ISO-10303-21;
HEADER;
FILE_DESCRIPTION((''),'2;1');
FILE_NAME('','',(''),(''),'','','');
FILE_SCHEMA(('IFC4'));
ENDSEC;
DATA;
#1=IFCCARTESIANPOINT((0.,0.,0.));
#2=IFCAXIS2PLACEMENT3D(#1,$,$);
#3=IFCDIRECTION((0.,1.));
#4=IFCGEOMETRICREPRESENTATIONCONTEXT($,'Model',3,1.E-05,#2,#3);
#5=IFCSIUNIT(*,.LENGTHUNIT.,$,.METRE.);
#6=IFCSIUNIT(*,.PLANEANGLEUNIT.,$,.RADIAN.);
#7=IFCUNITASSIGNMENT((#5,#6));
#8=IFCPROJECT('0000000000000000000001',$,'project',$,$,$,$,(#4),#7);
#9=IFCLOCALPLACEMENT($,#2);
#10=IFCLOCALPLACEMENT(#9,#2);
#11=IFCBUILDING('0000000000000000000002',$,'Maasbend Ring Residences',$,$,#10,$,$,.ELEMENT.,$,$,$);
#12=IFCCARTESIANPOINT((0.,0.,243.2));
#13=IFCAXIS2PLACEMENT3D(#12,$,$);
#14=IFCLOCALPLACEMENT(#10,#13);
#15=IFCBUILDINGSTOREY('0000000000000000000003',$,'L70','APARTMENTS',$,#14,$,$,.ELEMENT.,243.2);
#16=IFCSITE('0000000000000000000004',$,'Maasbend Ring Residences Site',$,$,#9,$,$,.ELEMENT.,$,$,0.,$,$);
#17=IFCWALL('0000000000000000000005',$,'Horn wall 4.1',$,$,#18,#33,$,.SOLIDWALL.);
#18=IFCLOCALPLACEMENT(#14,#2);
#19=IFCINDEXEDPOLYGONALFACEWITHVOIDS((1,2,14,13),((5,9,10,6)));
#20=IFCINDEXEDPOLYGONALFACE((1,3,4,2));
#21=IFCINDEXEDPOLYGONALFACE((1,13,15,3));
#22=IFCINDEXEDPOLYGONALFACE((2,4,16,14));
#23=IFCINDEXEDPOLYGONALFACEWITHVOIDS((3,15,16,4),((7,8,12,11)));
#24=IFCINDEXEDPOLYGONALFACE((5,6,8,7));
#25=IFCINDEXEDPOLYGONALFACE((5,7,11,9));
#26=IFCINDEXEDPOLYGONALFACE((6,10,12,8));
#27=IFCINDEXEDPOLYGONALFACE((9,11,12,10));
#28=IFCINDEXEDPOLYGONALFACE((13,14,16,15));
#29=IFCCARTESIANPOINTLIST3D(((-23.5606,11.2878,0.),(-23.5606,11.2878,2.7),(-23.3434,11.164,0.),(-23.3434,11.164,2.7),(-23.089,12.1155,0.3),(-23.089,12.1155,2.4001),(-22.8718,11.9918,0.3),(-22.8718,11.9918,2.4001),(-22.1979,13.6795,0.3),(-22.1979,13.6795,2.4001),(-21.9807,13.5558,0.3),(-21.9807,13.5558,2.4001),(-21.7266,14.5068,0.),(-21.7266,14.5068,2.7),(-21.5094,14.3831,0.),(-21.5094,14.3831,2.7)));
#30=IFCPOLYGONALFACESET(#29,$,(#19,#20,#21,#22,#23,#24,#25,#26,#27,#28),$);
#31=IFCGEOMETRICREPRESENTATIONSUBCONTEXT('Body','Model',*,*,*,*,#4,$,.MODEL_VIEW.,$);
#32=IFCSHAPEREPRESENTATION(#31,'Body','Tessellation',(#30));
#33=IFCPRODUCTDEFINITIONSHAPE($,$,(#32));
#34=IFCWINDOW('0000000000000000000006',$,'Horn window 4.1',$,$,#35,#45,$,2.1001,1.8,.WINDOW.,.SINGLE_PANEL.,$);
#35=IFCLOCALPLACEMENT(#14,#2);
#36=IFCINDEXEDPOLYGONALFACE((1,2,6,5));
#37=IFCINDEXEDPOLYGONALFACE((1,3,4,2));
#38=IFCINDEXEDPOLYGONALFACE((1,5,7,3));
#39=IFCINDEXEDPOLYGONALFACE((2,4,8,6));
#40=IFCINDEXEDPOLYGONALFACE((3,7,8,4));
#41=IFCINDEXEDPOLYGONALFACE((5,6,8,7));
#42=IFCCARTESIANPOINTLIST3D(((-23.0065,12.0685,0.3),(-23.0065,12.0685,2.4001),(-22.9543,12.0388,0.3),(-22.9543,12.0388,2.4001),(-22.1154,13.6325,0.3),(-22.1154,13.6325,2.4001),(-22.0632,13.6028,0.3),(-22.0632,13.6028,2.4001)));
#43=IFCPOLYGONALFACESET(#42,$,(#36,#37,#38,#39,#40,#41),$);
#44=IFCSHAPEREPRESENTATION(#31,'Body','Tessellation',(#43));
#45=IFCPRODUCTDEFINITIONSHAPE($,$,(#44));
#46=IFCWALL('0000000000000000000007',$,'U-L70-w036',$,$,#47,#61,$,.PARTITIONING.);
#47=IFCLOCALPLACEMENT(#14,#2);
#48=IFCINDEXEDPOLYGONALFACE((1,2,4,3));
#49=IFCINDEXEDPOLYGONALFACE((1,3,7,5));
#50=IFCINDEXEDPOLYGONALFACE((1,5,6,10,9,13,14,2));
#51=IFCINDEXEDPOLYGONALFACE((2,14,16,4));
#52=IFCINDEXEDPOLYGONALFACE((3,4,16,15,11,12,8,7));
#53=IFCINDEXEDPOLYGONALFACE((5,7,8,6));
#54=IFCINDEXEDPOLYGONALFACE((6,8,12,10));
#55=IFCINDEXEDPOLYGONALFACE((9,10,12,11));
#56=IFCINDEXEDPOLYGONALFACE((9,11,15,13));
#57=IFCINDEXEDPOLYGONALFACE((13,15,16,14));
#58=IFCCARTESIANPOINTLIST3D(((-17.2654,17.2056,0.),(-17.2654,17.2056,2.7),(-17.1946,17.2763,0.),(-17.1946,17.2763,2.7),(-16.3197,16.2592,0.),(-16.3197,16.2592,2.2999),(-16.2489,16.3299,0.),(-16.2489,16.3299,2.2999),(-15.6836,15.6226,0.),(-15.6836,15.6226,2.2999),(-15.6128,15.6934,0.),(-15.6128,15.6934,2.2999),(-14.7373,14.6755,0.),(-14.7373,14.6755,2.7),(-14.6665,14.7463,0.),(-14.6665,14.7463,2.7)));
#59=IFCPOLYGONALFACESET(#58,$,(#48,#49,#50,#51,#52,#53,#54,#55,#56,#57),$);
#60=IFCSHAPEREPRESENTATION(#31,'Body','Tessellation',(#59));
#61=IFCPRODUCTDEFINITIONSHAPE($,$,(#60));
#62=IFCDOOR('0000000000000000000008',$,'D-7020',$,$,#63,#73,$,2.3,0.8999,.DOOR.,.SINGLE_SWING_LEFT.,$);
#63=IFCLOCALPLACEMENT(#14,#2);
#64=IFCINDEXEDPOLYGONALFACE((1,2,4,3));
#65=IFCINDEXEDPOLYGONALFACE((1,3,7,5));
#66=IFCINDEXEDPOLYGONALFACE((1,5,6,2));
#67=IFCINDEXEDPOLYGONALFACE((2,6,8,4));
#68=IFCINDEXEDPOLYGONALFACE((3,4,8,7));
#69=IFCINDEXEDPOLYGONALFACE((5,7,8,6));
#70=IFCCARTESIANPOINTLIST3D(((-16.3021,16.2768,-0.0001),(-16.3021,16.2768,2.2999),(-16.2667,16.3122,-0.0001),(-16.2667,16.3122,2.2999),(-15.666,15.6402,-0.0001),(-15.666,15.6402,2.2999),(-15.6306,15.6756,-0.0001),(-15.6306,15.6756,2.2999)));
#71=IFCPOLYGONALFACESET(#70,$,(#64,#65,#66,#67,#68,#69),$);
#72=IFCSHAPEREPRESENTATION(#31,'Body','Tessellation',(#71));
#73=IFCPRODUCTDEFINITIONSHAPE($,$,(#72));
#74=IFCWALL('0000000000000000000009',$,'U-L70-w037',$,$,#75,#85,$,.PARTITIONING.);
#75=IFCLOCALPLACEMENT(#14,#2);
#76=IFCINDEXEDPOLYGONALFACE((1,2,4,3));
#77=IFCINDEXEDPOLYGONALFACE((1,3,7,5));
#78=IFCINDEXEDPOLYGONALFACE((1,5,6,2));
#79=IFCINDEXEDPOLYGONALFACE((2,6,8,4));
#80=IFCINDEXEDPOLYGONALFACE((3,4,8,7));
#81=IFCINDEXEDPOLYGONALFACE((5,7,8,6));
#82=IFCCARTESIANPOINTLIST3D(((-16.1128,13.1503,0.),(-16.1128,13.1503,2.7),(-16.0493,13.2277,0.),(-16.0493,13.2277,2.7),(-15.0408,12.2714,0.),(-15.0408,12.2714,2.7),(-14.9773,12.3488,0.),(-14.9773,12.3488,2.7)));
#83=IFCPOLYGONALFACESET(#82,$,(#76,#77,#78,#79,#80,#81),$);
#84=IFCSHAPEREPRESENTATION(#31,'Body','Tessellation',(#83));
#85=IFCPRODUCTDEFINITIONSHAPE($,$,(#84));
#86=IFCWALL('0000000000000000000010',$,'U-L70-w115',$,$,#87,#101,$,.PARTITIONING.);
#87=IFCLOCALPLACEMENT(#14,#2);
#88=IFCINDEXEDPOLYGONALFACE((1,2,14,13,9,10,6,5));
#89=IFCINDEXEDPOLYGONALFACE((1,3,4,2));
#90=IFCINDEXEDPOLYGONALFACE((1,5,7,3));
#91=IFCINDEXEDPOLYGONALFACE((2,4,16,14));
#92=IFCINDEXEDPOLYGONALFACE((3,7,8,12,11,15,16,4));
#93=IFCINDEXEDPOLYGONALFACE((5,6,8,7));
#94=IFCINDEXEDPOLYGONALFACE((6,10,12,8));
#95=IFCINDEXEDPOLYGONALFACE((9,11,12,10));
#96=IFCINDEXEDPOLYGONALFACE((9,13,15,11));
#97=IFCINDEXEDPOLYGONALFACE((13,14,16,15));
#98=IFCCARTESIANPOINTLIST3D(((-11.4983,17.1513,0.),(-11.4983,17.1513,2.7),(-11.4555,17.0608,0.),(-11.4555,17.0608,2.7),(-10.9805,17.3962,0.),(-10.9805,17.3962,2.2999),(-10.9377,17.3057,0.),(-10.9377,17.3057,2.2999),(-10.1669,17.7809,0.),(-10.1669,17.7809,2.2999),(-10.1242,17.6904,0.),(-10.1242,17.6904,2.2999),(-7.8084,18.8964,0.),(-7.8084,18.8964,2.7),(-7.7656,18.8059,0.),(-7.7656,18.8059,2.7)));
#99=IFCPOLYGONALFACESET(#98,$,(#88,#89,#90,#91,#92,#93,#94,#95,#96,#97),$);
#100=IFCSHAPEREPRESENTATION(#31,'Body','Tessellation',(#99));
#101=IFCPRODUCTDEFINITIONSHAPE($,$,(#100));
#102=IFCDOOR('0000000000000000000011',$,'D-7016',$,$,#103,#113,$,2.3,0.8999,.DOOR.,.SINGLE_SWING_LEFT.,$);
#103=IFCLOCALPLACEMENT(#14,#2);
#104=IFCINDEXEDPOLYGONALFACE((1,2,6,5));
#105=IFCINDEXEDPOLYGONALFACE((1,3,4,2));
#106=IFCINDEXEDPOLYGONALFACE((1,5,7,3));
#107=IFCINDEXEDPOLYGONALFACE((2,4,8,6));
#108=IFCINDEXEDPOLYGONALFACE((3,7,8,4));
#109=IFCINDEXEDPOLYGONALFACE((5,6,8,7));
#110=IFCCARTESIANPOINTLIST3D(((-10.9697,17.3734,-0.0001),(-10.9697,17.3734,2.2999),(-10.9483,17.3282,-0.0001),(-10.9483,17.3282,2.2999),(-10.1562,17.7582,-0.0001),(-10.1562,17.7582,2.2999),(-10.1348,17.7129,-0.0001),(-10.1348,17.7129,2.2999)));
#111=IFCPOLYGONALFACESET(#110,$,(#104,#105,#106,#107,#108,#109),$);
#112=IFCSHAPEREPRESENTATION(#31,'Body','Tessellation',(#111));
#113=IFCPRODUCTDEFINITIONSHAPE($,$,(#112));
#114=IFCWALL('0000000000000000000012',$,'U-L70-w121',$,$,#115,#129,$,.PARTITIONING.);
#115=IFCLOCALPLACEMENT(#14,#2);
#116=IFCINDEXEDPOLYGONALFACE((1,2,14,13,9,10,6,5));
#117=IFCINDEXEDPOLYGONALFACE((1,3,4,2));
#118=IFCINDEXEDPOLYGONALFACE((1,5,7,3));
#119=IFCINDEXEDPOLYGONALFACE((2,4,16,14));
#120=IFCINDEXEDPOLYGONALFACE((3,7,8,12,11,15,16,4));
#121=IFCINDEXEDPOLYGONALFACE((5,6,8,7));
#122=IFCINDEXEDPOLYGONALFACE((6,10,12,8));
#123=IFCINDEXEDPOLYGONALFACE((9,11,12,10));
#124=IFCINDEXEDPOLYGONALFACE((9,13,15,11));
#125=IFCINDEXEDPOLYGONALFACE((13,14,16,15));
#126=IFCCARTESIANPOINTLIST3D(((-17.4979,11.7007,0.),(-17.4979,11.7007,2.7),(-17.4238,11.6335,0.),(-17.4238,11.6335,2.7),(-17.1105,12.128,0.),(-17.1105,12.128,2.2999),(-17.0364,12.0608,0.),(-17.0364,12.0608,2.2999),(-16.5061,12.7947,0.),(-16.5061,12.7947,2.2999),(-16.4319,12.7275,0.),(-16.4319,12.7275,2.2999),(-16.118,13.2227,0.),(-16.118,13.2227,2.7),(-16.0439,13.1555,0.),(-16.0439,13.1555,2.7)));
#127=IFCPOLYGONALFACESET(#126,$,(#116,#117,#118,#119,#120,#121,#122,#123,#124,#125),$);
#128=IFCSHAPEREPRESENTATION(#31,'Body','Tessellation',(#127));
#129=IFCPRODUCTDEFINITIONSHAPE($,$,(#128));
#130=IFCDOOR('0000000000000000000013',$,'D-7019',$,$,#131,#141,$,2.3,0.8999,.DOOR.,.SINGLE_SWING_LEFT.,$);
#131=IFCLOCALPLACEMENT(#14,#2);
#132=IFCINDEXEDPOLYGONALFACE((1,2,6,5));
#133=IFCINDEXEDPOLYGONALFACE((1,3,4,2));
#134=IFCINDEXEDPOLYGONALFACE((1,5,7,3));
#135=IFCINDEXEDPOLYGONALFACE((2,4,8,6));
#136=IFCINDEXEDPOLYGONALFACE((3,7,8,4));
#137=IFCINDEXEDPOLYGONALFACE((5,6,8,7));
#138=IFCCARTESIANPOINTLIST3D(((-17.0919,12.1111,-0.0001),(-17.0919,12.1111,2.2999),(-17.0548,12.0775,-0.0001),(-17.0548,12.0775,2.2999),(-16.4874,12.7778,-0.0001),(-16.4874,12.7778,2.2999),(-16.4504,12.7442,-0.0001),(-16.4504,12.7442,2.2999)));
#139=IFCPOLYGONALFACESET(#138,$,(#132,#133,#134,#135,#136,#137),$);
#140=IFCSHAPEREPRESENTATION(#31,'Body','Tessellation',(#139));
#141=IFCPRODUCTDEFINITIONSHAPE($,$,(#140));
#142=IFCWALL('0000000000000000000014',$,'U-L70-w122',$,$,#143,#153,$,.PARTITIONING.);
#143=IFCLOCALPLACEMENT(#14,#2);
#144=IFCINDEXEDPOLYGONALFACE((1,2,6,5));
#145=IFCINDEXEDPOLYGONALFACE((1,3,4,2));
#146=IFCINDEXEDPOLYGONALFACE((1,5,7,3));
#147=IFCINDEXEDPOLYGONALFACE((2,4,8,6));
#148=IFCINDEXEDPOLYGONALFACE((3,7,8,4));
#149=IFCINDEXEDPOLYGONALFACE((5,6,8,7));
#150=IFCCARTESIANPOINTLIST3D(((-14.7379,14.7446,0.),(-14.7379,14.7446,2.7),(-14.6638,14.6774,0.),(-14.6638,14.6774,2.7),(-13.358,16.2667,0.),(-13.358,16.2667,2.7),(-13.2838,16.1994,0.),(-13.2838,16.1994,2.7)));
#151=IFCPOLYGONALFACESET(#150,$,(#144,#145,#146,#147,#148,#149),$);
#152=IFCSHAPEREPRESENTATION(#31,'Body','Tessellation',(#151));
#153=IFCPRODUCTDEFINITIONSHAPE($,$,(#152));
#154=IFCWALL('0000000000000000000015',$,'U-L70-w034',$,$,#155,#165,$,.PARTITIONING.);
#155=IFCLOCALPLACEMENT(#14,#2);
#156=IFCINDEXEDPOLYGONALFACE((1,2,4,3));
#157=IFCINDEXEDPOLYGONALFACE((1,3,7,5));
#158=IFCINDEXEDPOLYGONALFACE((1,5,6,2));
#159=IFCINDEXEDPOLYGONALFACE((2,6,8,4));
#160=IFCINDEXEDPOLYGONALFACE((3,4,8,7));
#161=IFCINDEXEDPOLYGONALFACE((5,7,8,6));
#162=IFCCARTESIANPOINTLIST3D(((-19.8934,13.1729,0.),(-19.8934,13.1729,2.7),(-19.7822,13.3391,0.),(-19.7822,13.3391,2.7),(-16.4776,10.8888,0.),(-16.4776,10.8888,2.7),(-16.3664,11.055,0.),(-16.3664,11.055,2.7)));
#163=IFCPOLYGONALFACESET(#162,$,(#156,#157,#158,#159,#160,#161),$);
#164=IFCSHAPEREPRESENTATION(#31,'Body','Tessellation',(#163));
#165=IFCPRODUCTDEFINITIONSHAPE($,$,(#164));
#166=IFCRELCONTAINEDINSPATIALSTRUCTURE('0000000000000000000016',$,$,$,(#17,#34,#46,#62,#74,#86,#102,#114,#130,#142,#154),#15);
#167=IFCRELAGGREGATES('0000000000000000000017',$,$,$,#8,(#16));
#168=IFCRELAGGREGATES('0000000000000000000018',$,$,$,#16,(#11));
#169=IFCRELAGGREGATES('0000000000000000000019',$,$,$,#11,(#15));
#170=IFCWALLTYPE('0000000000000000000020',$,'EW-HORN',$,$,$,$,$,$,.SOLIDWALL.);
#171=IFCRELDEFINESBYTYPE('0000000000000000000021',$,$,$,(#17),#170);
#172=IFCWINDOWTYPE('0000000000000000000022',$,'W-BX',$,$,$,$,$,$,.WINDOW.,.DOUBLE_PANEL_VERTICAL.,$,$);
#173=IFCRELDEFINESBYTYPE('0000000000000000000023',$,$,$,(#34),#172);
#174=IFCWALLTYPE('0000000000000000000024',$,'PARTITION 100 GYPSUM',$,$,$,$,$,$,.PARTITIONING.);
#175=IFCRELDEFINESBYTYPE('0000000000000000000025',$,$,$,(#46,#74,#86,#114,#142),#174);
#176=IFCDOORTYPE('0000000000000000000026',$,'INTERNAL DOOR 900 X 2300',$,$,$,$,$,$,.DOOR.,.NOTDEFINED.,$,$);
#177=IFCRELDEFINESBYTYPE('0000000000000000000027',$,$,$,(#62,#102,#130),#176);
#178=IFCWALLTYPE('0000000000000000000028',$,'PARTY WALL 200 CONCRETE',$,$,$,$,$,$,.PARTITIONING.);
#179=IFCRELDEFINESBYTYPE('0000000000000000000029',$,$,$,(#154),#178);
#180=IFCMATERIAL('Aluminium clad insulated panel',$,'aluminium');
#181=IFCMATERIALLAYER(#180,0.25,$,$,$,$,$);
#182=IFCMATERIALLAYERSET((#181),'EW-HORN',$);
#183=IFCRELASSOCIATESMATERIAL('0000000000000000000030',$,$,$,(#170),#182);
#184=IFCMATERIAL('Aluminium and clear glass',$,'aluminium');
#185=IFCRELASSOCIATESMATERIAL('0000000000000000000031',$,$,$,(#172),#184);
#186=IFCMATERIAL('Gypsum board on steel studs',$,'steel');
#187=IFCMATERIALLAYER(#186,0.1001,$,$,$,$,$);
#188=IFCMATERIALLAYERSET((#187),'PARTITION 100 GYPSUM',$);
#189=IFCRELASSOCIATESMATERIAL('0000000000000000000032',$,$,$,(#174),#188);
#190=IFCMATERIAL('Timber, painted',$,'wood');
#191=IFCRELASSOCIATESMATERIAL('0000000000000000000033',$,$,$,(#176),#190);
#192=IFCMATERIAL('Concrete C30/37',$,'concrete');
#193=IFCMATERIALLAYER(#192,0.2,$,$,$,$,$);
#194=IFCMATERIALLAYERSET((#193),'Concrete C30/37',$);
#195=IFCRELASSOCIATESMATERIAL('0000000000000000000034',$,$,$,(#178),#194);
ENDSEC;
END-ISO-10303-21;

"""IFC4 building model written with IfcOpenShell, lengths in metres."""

from ifc_helpers import new_model, si_unit, direction, frame, frame_2d, origin, place, context, subcontext, project, spatial, rectangle, extrude, material, layer, layer_set, type_object, element, fill, save


model = new_model("IFC4")

# Units and contexts
model_context = context("Model", 3, precision=1e-05, world=origin(), true_north=direction((0.0, 1.0)))
body_context = subcontext(model_context, "Body", "Model", "MODEL_VIEW")
ifc_project = project(units=[si_unit("LENGTHUNIT", "METRE"), si_unit("PLANEANGLEUNIT", "RADIAN")], contexts=[model_context])

# Site, building, storey
site_placement = place(None, origin())
site = spatial("IfcSite", under=ifc_project, at=site_placement, Name="Maasbend Ring Residences Site", CompositionType="ELEMENT", RefElevation=0.0)
building_placement = place(site_placement, origin())
building = spatial("IfcBuilding", under=site, at=building_placement, Name="Maasbend Ring Residences", CompositionType="ELEMENT")
storey_placement = place(building_placement, frame((0.0, 0.0, 243.2)))
storey = spatial("IfcBuildingStorey", under=building, at=storey_placement, Name="L70", Description="APARTMENTS", CompositionType="ELEMENT", Elevation=243.2)

# Wall, opening, window
ifc_material_1 = material(Name="Aluminium clad insulated panel", Category="aluminium")
ifc_layer_1 = layer(ifc_material_1, 0.25)
ifc_layer_set_1 = layer_set([ifc_layer_1], Name="EW-HORN")
wall_type_1 = type_object("IfcWallType", Name="EW-HORN", PredefinedType="SOLIDWALL", material=ifc_layer_set_1)
wall_1_placement = place(storey_placement, frame((-21.6179, 14.4451, 0.0), z_axis=(0.0, 0.0, 1.0), x_axis=(-0.495031, -0.868875, 0.0)))
wall_1 = element("IfcWall", 1, at=wall_1_placement, inside=storey, type_object=wall_type_1, Name="Horn wall 4.1", PredefinedType="SOLIDWALL", context=body_context, shape_type="SweptSolid", body=[
    extrude(rectangle(XDim=3.7048, YDim=0.25, at=frame_2d((1.8525, 0.0))), origin(), (0.0, 0.0, 1.0), 2.7),
])
opening_1_placement = place(wall_1_placement, frame((0.9524, 0.0, 0.3)))
opening_1 = element("IfcOpeningElement", 2, at=opening_1_placement, cuts=wall_1, PredefinedType="OPENING", context=body_context, shape_type="SweptSolid", body=[
    extrude(rectangle(XDim=1.8, YDim=2.1001, at=frame_2d((0.8999, 1.05))), frame((0.0, 0.135, 0.0), z_axis=(0.0, -1.0, 0.0), x_axis=(1.0, 0.0, 0.0)), (0.0, 0.0, 1.0), 0.27),
])
ifc_material_2 = material(Name="Aluminium and clear glass", Category="aluminium")
window_type = type_object("IfcWindowType", Name="W-BX", PartitioningType="DOUBLE_PANEL_VERTICAL", PredefinedType="WINDOW", material=ifc_material_2)
window_placement = place(opening_1_placement, origin())
window = element("IfcWindow", 3, at=window_placement, inside=storey, type_object=window_type, Name="Horn window 4.1", OverallHeight=2.1001, OverallWidth=1.8, PartitioningType="SINGLE_PANEL", PredefinedType="WINDOW", context=body_context, shape_type="SweptSolid", body=[
    extrude(rectangle(XDim=1.8, YDim=2.1001, at=frame_2d((0.8999, 1.05))), frame((0.0, 0.03, 0.0), z_axis=(0.0, -1.0, 0.0), x_axis=(1.0, 0.0, 0.0)), (0.0, 0.0, 1.0), 0.0601),
])
fill(opening_1, window)

# Wall, opening, door
ifc_material_3 = material(Name="Gypsum board on steel studs", Category="steel")
ifc_layer_2 = layer(ifc_material_3, 0.1001)
ifc_layer_set_2 = layer_set([ifc_layer_2], Name="PARTITION 100 GYPSUM")
wall_type_2 = type_object("IfcWallType", Name="PARTITION 100 GYPSUM", PredefinedType="PARTITIONING", material=ifc_layer_set_2)
wall_2_placement = place(storey_placement, frame((-17.23, 17.241, 0.0), z_axis=(0.0, 0.0, 1.0), x_axis=(0.706834, -0.70738, 0.0)))
wall_2 = element("IfcWall", 4, at=wall_2_placement, inside=storey, type_object=wall_type_2, Name="U-L70-w036", PredefinedType="PARTITIONING", context=body_context, shape_type="SweptSolid", body=[
    extrude(rectangle(XDim=3.5767, YDim=0.1001, at=frame_2d((1.7883, 0.0))), origin(), (0.0, 0.0, 1.0), 2.7),
])
opening_2_placement = place(wall_2_placement, frame((1.3379, 0.0, 0.0)))
opening_2 = element("IfcOpeningElement", 5, at=opening_2_placement, cuts=wall_2, PredefinedType="OPENING", context=body_context, shape_type="SweptSolid", body=[
    extrude(rectangle(XDim=0.8999, YDim=2.3, at=frame_2d((0.45, 1.1499))), frame((0.0, 0.0601, 0.0), z_axis=(0.0, -1.0, 0.0), x_axis=(1.0, 0.0, 0.0)), (0.0, 0.0, 1.0), 0.1201),
])
ifc_material_4 = material(Name="Timber, painted", Category="wood")
door_type_1 = type_object("IfcDoorType", Name="INTERNAL DOOR 900 X 2300", OperationType="NOTDEFINED", PredefinedType="DOOR", material=ifc_material_4)
door_1_placement = place(opening_2_placement, origin())
door_1 = element("IfcDoor", 6, at=door_1_placement, inside=storey, type_object=door_type_1, Name="D-7020", OperationType="SINGLE_SWING_LEFT", OverallHeight=2.3, OverallWidth=0.8999, PredefinedType="DOOR", context=body_context, shape_type="SweptSolid", body=[
    extrude(rectangle(XDim=0.8999, YDim=2.3, at=frame_2d((0.45, 1.1499))), frame((0.0, 0.0249, 0.0), z_axis=(0.0, -1.0, 0.0), x_axis=(1.0, 0.0, 0.0)), (0.0, 0.0, 1.0), 0.05),
])
fill(opening_2, door_1)

# Wall
wall_3_placement = place(storey_placement, frame((-16.0811, 13.189, 0.0), z_axis=(0.0, 0.0, 1.0), x_axis=(0.773321, -0.634014, 0.0)))
element("IfcWall", 7, at=wall_3_placement, inside=storey, type_object=wall_type_2, Name="U-L70-w037", PredefinedType="PARTITIONING", context=body_context, shape_type="SweptSolid", body=[
    extrude(rectangle(XDim=1.3862, YDim=0.1001, at=frame_2d((0.6931, 0.0))), origin(), (0.0, 0.0, 1.0), 2.7),
])

# Walls, openings, doors
wall_4_placement = place(storey_placement, frame((-11.4771, 17.106, 0.0), z_axis=(0.0, 0.0, 1.0), x_axis=(0.903998, 0.427536, 0.0)))
wall_4 = element("IfcWall", 8, at=wall_4_placement, inside=storey, type_object=wall_type_2, Name="U-L70-w115", PredefinedType="PARTITIONING", context=body_context, shape_type="SweptSolid", body=[
    extrude(rectangle(XDim=4.0818, YDim=0.1001, at=frame_2d((2.041, 0.0))), origin(), (0.0, 0.0, 1.0), 2.7),
])
opening_3_placement = place(wall_4_placement, frame((0.573, 0.0, 0.0)))
opening_3 = element("IfcOpeningElement", 9, at=opening_3_placement, cuts=wall_4, PredefinedType="OPENING", context=body_context, shape_type="SweptSolid", body=[
    extrude(rectangle(XDim=0.8999, YDim=2.3, at=frame_2d((0.45, 1.1499))), frame((0.0, 0.0601, 0.0), z_axis=(0.0, -1.0, 0.0), x_axis=(1.0, 0.0, 0.0)), (0.0, 0.0, 1.0), 0.1201),
])
door_2_placement = place(opening_3_placement, origin())
door_2 = element("IfcDoor", 10, at=door_2_placement, inside=storey, type_object=door_type_1, Name="D-7016", OperationType="SINGLE_SWING_LEFT", OverallHeight=2.3, OverallWidth=0.8999, PredefinedType="DOOR", context=body_context, shape_type="SweptSolid", body=[
    extrude(rectangle(XDim=0.8999, YDim=2.3, at=frame_2d((0.45, 1.1499))), frame((0.0, 0.0249, 0.0), z_axis=(0.0, -1.0, 0.0), x_axis=(1.0, 0.0, 0.0)), (0.0, 0.0, 1.0), 0.05),
])
fill(opening_3, door_2)
wall_5_placement = place(storey_placement, frame((-17.4609, 11.667, 0.0), z_axis=(0.0, 0.0, 1.0), x_axis=(0.671678, 0.740843, 0.0)))
wall_5 = element("IfcWall", 11, at=wall_5_placement, inside=storey, type_object=wall_type_2, Name="U-L70-w121", PredefinedType="PARTITIONING", context=body_context, shape_type="SweptSolid", body=[
    extrude(rectangle(XDim=2.0544, YDim=0.1001, at=frame_2d((1.0273, 0.0))), origin(), (0.0, 0.0, 1.0), 2.7),
])
opening_4_placement = place(wall_5_placement, frame((0.5769, 0.0, 0.0)))
opening_4 = element("IfcOpeningElement", 12, at=opening_4_placement, cuts=wall_5, PredefinedType="OPENING", context=body_context, shape_type="SweptSolid", body=[
    extrude(rectangle(XDim=0.8999, YDim=2.3, at=frame_2d((0.45, 1.1499))), frame((0.0, 0.0601, 0.0), z_axis=(0.0, -1.0, 0.0), x_axis=(1.0, 0.0, 0.0)), (0.0, 0.0, 1.0), 0.1201),
])
door_3_placement = place(opening_4_placement, origin())
door_3 = element("IfcDoor", 13, at=door_3_placement, inside=storey, type_object=door_type_1, Name="D-7019", OperationType="SINGLE_SWING_LEFT", OverallHeight=2.3, OverallWidth=0.8999, PredefinedType="DOOR", context=body_context, shape_type="SweptSolid", body=[
    extrude(rectangle(XDim=0.8999, YDim=2.3, at=frame_2d((0.45, 1.1499))), frame((0.0, 0.0249, 0.0), z_axis=(0.0, -1.0, 0.0), x_axis=(1.0, 0.0, 0.0)), (0.0, 0.0, 1.0), 0.05),
])
fill(opening_4, door_3)

# Walls
wall_6_placement = place(storey_placement, frame((-14.7009, 14.7109, 0.0), z_axis=(0.0, 0.0, 1.0), x_axis=(0.671678, 0.740843, 0.0)))
element("IfcWall", 14, at=wall_6_placement, inside=storey, type_object=wall_type_2, Name="U-L70-w122", PredefinedType="PARTITIONING", context=body_context, shape_type="SweptSolid", body=[
    extrude(rectangle(XDim=2.0544, YDim=0.1001, at=frame_2d((1.0273, 0.0))), origin(), (0.0, 0.0, 1.0), 2.7),
])
ifc_material_5 = material(Name="Concrete C30/37", Category="concrete")
ifc_layer_3 = layer(ifc_material_5, 0.2)
ifc_layer_set_3 = layer_set([ifc_layer_3], Name="Concrete C30/37")
wall_type_3 = type_object("IfcWallType", Name="PARTY WALL 200 CONCRETE", PredefinedType="PARTITIONING", material=ifc_layer_set_3)
wall_7_placement = place(storey_placement, frame((-19.8379, 13.2561, 0.0), z_axis=(0.0, 0.0, 1.0), x_axis=(0.831263, -0.555879, 0.0)))
element("IfcWall", 15, at=wall_7_placement, inside=storey, type_object=wall_type_3, Name="U-L70-w034", PredefinedType="PARTITIONING", context=body_context, shape_type="SweptSolid", body=[
    extrude(rectangle(XDim=4.1091, YDim=0.2, at=frame_2d((2.0547, 0.0))), origin(), (0.0, 0.0, 1.0), 2.7),
])

save(model, "model.ifc")
